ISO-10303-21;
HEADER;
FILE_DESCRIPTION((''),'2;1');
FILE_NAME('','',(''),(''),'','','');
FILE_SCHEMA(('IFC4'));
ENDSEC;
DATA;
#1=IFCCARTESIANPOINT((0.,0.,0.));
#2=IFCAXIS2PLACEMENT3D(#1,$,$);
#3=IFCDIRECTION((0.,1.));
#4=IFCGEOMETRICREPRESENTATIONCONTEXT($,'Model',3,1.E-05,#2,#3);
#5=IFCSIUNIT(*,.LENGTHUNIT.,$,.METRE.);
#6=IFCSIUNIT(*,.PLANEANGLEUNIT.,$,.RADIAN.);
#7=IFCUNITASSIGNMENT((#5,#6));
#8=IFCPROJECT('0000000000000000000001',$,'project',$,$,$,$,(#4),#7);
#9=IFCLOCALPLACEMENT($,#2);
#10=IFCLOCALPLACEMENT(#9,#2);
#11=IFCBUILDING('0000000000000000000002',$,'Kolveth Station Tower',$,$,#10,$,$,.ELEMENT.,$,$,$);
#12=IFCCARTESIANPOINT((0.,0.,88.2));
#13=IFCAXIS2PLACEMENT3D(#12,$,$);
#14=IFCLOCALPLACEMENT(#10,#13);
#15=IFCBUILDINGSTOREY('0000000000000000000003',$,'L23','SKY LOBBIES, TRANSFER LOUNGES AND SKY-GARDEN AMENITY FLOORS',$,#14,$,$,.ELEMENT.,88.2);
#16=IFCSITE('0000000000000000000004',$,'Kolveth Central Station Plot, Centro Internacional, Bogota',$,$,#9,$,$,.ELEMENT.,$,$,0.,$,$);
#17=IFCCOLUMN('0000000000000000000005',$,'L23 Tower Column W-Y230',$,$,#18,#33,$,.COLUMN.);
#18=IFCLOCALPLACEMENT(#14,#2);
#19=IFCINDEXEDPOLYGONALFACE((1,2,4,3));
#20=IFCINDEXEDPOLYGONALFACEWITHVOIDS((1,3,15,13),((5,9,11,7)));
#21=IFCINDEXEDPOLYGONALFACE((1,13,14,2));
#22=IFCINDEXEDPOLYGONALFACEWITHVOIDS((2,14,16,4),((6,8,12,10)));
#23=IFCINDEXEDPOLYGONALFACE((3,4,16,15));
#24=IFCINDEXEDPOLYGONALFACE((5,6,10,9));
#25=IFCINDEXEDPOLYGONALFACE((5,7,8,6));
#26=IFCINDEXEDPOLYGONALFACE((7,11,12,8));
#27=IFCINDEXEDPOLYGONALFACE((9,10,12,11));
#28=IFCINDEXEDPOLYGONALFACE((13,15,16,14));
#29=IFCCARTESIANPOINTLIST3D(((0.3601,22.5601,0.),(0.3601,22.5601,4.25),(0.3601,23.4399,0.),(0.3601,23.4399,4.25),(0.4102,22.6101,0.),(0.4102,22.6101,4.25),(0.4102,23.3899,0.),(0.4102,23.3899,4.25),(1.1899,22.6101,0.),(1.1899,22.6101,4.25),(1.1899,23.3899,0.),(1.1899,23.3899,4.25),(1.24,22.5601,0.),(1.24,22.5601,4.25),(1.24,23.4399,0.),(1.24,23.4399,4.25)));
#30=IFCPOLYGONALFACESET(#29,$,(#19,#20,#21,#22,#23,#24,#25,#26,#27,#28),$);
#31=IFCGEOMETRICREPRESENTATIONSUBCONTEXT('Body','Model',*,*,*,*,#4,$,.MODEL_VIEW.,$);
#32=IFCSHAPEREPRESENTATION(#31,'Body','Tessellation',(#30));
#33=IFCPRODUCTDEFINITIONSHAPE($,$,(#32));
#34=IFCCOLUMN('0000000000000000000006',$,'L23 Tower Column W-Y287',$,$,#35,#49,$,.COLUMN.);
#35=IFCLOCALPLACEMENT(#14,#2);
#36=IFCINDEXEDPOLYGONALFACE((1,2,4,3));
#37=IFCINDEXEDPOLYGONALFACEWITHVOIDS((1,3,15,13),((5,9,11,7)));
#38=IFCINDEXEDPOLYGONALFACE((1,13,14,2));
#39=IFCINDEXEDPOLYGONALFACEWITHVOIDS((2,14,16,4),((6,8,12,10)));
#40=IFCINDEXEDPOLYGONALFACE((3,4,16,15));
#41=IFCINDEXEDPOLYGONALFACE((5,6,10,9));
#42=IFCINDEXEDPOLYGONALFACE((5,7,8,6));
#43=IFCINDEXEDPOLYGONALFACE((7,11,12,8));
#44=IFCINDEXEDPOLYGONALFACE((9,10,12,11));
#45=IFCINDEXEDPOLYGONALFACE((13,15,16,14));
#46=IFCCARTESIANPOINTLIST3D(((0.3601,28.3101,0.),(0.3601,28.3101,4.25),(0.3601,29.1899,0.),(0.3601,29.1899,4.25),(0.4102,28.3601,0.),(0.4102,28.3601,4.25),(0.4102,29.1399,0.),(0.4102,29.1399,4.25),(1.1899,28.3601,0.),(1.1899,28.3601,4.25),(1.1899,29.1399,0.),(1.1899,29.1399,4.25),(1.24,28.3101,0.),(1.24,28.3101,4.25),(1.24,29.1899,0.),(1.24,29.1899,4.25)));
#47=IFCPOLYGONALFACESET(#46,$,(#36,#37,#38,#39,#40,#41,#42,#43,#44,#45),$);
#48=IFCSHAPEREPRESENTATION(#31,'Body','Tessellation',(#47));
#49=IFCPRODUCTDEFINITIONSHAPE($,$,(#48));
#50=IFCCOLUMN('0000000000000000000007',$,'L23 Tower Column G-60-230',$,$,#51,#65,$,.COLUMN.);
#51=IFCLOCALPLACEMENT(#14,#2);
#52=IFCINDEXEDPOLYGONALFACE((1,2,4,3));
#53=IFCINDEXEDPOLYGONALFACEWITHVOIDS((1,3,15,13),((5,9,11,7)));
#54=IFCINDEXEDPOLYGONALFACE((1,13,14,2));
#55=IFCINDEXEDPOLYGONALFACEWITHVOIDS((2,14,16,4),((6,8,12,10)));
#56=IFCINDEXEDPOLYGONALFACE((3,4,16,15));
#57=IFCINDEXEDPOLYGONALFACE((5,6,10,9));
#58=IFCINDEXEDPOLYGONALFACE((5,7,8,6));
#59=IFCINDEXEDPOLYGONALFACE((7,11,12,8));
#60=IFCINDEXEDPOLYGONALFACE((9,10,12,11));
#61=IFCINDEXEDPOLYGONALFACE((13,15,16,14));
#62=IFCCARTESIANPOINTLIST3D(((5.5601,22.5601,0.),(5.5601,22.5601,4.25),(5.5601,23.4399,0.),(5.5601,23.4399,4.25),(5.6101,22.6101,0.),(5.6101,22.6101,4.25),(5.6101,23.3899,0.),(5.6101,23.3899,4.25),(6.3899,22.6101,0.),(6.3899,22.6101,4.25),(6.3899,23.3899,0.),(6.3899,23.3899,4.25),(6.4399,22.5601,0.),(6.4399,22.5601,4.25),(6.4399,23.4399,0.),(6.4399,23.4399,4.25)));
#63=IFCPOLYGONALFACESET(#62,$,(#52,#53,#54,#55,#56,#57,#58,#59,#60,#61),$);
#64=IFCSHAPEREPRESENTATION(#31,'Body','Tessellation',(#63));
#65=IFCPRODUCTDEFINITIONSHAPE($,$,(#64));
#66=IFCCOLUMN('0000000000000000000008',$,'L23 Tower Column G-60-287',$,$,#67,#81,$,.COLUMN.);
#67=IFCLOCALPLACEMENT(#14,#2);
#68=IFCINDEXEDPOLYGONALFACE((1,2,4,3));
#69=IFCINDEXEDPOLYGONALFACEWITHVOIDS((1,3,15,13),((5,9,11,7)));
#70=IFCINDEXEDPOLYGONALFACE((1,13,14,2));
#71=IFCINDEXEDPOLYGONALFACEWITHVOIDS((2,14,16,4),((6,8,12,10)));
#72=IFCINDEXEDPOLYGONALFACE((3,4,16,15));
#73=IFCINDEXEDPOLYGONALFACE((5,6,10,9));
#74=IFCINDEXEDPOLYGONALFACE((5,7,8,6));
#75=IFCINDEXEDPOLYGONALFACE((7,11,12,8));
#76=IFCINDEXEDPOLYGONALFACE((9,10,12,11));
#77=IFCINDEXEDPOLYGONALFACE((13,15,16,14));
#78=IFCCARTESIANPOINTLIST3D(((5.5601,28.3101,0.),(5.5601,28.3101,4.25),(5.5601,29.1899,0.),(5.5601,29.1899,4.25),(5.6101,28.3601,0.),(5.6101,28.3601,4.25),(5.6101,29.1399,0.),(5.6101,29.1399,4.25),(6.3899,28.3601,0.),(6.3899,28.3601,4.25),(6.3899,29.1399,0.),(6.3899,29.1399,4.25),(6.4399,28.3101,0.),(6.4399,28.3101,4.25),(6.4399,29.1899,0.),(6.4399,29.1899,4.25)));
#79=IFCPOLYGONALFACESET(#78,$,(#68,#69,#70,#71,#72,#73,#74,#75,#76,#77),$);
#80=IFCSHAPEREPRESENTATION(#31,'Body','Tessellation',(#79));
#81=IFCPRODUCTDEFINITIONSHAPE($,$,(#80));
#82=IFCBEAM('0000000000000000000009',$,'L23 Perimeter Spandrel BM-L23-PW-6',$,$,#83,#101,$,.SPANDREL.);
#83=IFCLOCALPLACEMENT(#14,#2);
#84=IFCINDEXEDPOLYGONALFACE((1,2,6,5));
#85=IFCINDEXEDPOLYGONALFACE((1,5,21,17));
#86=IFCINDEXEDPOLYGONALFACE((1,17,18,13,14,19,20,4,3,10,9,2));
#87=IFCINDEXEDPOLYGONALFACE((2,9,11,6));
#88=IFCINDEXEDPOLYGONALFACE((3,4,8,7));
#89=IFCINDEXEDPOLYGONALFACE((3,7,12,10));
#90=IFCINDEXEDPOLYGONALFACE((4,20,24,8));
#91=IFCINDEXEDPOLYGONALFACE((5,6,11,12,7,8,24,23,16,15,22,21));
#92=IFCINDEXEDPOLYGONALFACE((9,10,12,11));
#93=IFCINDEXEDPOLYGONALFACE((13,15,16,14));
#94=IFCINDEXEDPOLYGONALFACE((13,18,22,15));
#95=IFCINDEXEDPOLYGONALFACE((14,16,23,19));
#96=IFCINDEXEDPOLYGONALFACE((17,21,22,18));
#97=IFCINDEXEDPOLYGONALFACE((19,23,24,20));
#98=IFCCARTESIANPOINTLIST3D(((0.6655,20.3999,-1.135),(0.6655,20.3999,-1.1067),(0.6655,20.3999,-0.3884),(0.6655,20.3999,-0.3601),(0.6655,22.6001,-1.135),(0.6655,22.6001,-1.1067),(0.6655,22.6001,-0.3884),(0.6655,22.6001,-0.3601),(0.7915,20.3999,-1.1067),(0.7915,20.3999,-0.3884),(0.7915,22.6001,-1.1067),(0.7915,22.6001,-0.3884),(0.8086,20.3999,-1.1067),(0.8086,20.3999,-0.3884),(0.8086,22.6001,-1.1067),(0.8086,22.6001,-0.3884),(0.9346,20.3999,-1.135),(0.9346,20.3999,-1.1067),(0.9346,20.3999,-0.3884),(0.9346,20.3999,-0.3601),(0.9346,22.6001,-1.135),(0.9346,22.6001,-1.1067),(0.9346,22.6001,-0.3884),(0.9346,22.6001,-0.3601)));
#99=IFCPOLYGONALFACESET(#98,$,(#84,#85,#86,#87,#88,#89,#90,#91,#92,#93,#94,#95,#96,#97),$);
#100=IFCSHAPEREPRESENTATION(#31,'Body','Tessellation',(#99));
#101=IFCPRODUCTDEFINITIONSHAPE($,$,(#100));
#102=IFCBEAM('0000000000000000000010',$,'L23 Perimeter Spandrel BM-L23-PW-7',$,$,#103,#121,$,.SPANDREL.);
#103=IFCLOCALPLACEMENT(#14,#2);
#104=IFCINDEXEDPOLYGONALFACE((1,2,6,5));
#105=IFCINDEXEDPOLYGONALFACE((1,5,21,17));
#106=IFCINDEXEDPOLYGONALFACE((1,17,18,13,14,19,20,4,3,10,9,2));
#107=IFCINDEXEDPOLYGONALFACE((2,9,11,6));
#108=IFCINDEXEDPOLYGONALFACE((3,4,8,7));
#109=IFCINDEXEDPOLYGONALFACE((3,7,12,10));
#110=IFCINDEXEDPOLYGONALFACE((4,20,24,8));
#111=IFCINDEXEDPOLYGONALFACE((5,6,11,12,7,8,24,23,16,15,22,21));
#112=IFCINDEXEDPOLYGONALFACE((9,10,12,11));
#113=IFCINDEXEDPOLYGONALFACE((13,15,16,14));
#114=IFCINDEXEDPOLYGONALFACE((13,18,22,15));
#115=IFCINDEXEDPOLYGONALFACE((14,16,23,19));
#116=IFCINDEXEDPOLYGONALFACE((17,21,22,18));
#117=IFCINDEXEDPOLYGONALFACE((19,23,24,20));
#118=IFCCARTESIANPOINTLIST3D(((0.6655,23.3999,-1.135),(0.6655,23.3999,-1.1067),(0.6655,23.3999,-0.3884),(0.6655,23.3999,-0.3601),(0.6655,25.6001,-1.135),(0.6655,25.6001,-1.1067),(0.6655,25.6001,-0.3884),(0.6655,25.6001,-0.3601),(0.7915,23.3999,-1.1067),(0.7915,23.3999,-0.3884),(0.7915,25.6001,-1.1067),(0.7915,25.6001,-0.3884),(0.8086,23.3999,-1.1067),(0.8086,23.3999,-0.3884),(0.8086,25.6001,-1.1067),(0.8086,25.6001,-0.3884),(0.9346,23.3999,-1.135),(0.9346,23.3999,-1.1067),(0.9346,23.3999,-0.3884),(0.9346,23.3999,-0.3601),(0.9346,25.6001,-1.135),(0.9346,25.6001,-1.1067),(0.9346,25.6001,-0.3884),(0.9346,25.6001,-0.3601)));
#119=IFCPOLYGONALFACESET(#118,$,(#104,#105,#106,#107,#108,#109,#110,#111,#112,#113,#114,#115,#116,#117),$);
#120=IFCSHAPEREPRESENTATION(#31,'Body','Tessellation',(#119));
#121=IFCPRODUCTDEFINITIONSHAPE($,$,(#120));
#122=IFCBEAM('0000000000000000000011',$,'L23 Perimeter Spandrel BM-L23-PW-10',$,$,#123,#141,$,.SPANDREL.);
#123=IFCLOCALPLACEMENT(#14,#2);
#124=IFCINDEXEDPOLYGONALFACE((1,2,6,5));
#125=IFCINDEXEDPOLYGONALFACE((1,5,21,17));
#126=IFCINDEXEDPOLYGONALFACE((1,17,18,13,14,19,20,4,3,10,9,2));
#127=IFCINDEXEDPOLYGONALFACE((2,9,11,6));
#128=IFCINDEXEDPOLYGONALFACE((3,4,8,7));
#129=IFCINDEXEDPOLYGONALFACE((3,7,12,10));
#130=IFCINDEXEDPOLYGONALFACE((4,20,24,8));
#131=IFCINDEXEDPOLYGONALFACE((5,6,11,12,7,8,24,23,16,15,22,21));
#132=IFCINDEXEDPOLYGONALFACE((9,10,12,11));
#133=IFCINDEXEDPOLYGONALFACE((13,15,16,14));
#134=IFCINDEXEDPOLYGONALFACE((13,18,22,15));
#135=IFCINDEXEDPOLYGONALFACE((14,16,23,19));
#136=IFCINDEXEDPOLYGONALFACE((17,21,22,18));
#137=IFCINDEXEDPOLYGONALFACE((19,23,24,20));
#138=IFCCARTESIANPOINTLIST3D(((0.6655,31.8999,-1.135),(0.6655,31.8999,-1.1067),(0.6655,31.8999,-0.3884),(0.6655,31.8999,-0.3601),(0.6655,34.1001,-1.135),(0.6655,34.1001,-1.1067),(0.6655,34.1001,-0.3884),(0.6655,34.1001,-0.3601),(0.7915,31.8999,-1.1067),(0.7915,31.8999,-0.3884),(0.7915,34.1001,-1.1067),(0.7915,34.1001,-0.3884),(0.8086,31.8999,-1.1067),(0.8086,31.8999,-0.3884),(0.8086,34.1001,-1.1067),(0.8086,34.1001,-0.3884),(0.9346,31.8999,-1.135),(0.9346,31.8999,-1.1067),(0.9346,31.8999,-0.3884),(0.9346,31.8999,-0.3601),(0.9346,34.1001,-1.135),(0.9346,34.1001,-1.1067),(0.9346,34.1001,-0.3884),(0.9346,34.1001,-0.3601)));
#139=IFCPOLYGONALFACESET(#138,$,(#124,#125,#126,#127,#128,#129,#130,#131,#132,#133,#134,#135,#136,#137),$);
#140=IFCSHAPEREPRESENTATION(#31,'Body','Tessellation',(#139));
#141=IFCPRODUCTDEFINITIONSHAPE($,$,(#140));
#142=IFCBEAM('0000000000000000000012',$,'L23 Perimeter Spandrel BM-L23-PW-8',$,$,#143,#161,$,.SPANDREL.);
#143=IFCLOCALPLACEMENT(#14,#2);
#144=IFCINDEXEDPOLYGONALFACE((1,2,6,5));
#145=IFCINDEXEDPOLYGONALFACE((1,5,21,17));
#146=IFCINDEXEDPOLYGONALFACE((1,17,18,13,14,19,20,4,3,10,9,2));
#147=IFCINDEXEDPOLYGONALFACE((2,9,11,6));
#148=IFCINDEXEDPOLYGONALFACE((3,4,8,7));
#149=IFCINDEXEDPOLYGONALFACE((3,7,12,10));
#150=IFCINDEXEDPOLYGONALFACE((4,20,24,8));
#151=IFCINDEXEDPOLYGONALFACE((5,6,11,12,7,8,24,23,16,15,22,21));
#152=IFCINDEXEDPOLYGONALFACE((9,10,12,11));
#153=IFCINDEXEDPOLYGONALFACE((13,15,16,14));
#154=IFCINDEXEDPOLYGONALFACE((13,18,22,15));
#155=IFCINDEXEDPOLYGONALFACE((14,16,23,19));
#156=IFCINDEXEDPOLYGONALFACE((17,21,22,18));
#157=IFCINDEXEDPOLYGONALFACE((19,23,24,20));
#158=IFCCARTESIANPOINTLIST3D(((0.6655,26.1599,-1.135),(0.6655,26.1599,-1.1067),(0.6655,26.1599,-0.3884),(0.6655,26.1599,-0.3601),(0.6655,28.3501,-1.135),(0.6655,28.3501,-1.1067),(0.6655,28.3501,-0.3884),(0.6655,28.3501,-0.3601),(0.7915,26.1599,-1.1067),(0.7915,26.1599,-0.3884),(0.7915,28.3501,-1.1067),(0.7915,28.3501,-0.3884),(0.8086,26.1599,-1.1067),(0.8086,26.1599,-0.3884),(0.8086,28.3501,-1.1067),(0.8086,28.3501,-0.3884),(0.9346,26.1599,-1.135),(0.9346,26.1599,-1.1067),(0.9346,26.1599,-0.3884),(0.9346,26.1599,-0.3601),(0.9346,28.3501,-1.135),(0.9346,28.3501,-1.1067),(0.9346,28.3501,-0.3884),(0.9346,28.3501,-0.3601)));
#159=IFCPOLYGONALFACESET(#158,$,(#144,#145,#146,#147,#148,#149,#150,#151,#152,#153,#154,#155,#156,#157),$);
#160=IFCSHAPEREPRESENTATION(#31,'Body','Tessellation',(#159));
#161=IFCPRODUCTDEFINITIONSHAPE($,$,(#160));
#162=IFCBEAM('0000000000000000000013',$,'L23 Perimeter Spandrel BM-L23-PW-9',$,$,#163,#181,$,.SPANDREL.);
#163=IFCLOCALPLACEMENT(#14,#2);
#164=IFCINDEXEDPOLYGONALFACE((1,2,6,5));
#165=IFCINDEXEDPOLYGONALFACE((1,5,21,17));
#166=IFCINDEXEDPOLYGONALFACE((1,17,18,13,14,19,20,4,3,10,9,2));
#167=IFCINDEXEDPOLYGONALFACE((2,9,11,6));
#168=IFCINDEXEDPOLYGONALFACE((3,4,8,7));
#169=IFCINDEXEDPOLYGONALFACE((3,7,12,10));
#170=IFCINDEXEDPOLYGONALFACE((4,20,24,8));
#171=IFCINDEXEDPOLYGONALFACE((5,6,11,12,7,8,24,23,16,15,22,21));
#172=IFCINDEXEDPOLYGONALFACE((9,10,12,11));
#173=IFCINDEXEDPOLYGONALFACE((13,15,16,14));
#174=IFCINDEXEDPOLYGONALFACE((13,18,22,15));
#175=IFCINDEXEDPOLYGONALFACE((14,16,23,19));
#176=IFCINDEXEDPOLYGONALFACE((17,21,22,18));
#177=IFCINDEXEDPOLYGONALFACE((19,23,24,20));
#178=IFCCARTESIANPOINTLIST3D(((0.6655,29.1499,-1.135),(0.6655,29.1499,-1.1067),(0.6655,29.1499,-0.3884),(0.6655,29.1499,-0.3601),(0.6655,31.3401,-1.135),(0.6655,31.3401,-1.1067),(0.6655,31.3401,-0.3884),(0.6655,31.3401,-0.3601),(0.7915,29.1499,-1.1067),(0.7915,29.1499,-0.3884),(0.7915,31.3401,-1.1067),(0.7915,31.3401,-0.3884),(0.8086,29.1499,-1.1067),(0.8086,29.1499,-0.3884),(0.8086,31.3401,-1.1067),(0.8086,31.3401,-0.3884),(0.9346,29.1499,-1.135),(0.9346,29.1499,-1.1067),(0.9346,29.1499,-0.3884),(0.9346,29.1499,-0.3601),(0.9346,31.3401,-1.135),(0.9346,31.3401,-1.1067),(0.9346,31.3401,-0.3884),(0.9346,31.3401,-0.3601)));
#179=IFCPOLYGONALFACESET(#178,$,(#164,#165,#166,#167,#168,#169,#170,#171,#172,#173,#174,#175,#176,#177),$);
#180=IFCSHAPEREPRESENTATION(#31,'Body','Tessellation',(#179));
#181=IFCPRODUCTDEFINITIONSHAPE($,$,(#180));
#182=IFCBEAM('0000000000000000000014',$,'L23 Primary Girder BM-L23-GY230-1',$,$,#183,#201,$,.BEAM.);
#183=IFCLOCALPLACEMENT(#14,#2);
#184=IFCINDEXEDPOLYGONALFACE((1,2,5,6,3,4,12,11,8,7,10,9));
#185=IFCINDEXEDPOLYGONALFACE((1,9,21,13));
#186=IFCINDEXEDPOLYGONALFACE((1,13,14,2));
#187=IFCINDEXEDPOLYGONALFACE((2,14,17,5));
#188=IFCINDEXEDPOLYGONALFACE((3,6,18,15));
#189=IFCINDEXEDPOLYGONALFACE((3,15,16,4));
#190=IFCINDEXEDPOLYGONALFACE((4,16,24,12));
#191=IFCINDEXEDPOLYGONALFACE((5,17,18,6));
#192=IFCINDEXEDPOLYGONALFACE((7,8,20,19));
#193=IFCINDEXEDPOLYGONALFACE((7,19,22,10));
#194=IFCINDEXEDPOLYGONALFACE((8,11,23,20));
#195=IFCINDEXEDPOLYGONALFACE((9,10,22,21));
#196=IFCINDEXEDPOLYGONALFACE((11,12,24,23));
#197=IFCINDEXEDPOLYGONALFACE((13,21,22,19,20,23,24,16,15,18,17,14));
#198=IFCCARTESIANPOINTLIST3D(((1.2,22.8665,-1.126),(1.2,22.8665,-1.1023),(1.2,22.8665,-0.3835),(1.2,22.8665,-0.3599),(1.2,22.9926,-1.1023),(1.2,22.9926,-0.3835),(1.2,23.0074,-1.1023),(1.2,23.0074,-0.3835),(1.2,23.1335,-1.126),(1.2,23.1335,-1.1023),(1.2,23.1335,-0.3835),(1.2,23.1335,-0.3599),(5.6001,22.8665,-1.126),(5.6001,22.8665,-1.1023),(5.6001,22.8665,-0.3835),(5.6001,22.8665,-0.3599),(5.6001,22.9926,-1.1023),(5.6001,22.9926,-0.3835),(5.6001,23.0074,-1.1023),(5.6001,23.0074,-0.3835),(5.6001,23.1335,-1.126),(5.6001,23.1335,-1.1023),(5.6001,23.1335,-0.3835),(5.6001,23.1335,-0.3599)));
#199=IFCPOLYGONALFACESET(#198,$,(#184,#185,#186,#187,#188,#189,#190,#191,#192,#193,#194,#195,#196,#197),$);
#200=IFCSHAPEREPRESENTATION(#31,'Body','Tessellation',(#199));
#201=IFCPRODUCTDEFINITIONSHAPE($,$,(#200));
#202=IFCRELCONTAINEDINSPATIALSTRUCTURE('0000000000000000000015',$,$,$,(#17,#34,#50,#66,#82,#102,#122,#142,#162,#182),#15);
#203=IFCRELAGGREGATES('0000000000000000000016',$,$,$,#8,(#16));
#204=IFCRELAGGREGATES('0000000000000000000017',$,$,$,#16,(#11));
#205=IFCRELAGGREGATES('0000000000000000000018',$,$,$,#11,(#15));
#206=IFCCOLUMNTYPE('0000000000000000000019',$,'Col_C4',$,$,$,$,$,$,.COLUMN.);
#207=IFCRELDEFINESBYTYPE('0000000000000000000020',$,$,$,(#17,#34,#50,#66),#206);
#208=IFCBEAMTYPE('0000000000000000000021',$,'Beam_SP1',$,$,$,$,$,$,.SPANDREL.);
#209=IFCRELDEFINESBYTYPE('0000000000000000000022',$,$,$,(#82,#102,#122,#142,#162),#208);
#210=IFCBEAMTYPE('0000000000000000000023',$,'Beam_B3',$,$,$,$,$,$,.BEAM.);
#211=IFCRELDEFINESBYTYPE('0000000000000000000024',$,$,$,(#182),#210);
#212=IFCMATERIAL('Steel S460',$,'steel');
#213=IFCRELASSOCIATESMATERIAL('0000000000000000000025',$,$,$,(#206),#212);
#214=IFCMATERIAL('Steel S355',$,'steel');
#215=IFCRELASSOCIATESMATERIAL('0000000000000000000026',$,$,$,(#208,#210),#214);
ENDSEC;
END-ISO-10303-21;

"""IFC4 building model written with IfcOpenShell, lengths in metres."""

from ifc_helpers import new_model, si_unit, direction, frame, origin, origin_2d, place, context, subcontext, project, spatial, hollow_rectangle, i_section, extrude, source, transform, mapped, material, material_profile, profile_set, type_object, element, save


model = new_model("IFC4")

# Units and contexts
model_context = context("Model", 3, precision=1e-05, world=origin(), true_north=direction((0.0, 1.0)))
body_context = subcontext(model_context, "Body", "Model", "MODEL_VIEW")
ifc_project = project(units=[si_unit("LENGTHUNIT", "METRE"), si_unit("PLANEANGLEUNIT", "RADIAN")], contexts=[model_context])

# Site, building, storey
site_placement = place(None, origin())
site = spatial("IfcSite", under=ifc_project, at=site_placement, Name="Kolveth Central Station Plot, Centro Internacional, Bogota", CompositionType="ELEMENT", RefElevation=0.0)
building_placement = place(site_placement, origin())
building = spatial("IfcBuilding", under=site, at=building_placement, Name="Kolveth Station Tower", CompositionType="ELEMENT")
storey_placement = place(building_placement, frame((0.0, 0.0, 88.2)))
storey = spatial("IfcBuildingStorey", under=building, at=storey_placement, Name="L23", Description="SKY LOBBIES, TRANSFER LOUNGES AND SKY-GARDEN AMENITY FLOORS", CompositionType="ELEMENT", Elevation=88.2)

# Columns
ifc_material_1 = material(Name="Steel S460", Category="steel")
ifc_material_profile_1 = material_profile(ifc_material_1, hollow_rectangle(XDim=0.8799, YDim=0.8799, WallThickness=0.05, at=origin_2d()), Name="BOX880x880x50")
ifc_profile_set_1 = profile_set([ifc_material_profile_1], Name="Steel S460")
column_type = type_object("IfcColumnType", Name="Col_C4", PredefinedType="COLUMN", material=ifc_profile_set_1)
shared_shape_1 = source(origin(), body_context, "Body", "SweptSolid", [
    extrude(hollow_rectangle(XDim=0.8799, YDim=0.8799, WallThickness=0.05, at=origin_2d()), origin(), (0.0, 0.0, 1.0), 4.25),
])
for number, where, z_axis, x_axis, name in (
    (1, (0.8, 23.0, 0.0), (0.0, 0.0, 1.0), (1.0, 0.0, 0.0), "L23 Tower Column W-Y230"),
    (2, (0.8, 28.75, 0.0), (0.0, 0.0, 1.0), (1.0, 0.0, 0.0), "L23 Tower Column W-Y287"),
    (3, (6.0, 23.0, 0.0), (0.0, 0.0, 1.0), (1.0, 0.0, 0.0), "L23 Tower Column G-60-230"),
    (4, (6.0, 28.75, 0.0), (0.0, 0.0, 1.0), (1.0, 0.0, 0.0), "L23 Tower Column G-60-287"),
):
    element("IfcColumn", number, at=place(storey_placement, frame(where, z_axis=z_axis, x_axis=x_axis)), inside=storey, type_object=column_type, Name=name, PredefinedType="COLUMN", context=body_context, shape_type="MappedRepresentation", body=[
        mapped(shared_shape_1, transform((0.0, 0.0, 0.0), x_axis=(1.0, 0.0, 0.0), y_axis=(0.0, 1.0, 0.0), z_axis=(0.0, 0.0, 1.0), scale=1.0)),
    ])

# Beams
ifc_material_2 = material(Name="Steel S355", Category="steel")
ifc_material_profile_2 = material_profile(ifc_material_2, i_section(OverallWidth=0.269, OverallDepth=0.7749, WebThickness=0.0171, FlangeThickness=0.0283, at=origin_2d()), Name="W760x220")
ifc_profile_set_2 = profile_set([ifc_material_profile_2], Name="Steel S355")
beam_type_1 = type_object("IfcBeamType", Name="Beam_SP1", PredefinedType="SPANDREL", material=ifc_profile_set_2)
shared_shape_2 = source(origin(), body_context, "Body", "SweptSolid", [
    extrude(i_section(OverallWidth=0.269, OverallDepth=0.7749, WebThickness=0.0171, FlangeThickness=0.0283, at=origin_2d()), origin(), (0.0, 0.0, 1.0), 2.2002),
])
for number, where, z_axis, x_axis, name in (
    (5, (0.8, 20.3999, -0.7476), (0.0, 1.0, 0.0), (-1.0, 0.0, 0.0), "L23 Perimeter Spandrel BM-L23-PW-6"),
    (6, (0.8, 23.3999, -0.7476), (0.0, 1.0, 0.0), (-1.0, 0.0, 0.0), "L23 Perimeter Spandrel BM-L23-PW-7"),
    (7, (0.8, 31.8999, -0.7476), (0.0, 1.0, 0.0), (-1.0, 0.0, 0.0), "L23 Perimeter Spandrel BM-L23-PW-10"),
):
    element("IfcBeam", number, at=place(storey_placement, frame(where, z_axis=z_axis, x_axis=x_axis)), inside=storey, type_object=beam_type_1, Name=name, PredefinedType="SPANDREL", context=body_context, shape_type="MappedRepresentation", body=[
        mapped(shared_shape_2, transform((0.0, 0.0, 0.0), x_axis=(1.0, 0.0, 0.0), y_axis=(0.0, 1.0, 0.0), z_axis=(0.0, 0.0, 1.0), scale=1.0)),
    ])
shared_shape_3 = source(origin(), body_context, "Body", "SweptSolid", [
    extrude(i_section(OverallWidth=0.269, OverallDepth=0.7749, WebThickness=0.0171, FlangeThickness=0.0283, at=origin_2d()), origin(), (0.0, 0.0, 1.0), 2.1902),
])
for number, where, z_axis, x_axis, name in (
    (8, (0.8, 26.1599, -0.7476), (0.0, 1.0, 0.0), (-1.0, 0.0, 0.0), "L23 Perimeter Spandrel BM-L23-PW-8"),
    (9, (0.8, 29.1499, -0.7476), (0.0, 1.0, 0.0), (-1.0, 0.0, 0.0), "L23 Perimeter Spandrel BM-L23-PW-9"),
):
    element("IfcBeam", number, at=place(storey_placement, frame(where, z_axis=z_axis, x_axis=x_axis)), inside=storey, type_object=beam_type_1, Name=name, PredefinedType="SPANDREL", context=body_context, shape_type="MappedRepresentation", body=[
        mapped(shared_shape_3, transform((0.0, 0.0, 0.0), x_axis=(1.0, 0.0, 0.0), y_axis=(0.0, 1.0, 0.0), z_axis=(0.0, 0.0, 1.0), scale=1.0)),
    ])
ifc_material_profile_3 = material_profile(ifc_material_2, i_section(OverallWidth=0.2671, OverallDepth=0.7661, WebThickness=0.0149, FlangeThickness=0.0237, at=origin_2d()), Name="W760x185")
ifc_profile_set_3 = profile_set([ifc_material_profile_3], Name="Steel S355")
beam_type_2 = type_object("IfcBeamType", Name="Beam_B3", PredefinedType="BEAM", material=ifc_profile_set_3)
shared_shape_4 = source(origin(), body_context, "Body", "SweptSolid", [
    extrude(i_section(OverallWidth=0.2671, OverallDepth=0.7661, WebThickness=0.0149, FlangeThickness=0.0237, at=origin_2d()), origin(), (0.0, 0.0, 1.0), 4.4001),
])
for number, where, z_axis, x_axis, name in (
    (10, (1.2, 23.0, -0.7429), (1.0, 0.0, 0.0), (0.0, 1.0, 0.0), "L23 Primary Girder BM-L23-GY230-1"),
):
    element("IfcBeam", number, at=place(storey_placement, frame(where, z_axis=z_axis, x_axis=x_axis)), inside=storey, type_object=beam_type_2, Name=name, PredefinedType="BEAM", context=body_context, shape_type="MappedRepresentation", body=[
        mapped(shared_shape_4, transform((0.0, 0.0, 0.0), x_axis=(1.0, 0.0, 0.0), y_axis=(0.0, 1.0, 0.0), z_axis=(0.0, 0.0, 1.0), scale=1.0)),
    ])

save(model, "model.ifc")
